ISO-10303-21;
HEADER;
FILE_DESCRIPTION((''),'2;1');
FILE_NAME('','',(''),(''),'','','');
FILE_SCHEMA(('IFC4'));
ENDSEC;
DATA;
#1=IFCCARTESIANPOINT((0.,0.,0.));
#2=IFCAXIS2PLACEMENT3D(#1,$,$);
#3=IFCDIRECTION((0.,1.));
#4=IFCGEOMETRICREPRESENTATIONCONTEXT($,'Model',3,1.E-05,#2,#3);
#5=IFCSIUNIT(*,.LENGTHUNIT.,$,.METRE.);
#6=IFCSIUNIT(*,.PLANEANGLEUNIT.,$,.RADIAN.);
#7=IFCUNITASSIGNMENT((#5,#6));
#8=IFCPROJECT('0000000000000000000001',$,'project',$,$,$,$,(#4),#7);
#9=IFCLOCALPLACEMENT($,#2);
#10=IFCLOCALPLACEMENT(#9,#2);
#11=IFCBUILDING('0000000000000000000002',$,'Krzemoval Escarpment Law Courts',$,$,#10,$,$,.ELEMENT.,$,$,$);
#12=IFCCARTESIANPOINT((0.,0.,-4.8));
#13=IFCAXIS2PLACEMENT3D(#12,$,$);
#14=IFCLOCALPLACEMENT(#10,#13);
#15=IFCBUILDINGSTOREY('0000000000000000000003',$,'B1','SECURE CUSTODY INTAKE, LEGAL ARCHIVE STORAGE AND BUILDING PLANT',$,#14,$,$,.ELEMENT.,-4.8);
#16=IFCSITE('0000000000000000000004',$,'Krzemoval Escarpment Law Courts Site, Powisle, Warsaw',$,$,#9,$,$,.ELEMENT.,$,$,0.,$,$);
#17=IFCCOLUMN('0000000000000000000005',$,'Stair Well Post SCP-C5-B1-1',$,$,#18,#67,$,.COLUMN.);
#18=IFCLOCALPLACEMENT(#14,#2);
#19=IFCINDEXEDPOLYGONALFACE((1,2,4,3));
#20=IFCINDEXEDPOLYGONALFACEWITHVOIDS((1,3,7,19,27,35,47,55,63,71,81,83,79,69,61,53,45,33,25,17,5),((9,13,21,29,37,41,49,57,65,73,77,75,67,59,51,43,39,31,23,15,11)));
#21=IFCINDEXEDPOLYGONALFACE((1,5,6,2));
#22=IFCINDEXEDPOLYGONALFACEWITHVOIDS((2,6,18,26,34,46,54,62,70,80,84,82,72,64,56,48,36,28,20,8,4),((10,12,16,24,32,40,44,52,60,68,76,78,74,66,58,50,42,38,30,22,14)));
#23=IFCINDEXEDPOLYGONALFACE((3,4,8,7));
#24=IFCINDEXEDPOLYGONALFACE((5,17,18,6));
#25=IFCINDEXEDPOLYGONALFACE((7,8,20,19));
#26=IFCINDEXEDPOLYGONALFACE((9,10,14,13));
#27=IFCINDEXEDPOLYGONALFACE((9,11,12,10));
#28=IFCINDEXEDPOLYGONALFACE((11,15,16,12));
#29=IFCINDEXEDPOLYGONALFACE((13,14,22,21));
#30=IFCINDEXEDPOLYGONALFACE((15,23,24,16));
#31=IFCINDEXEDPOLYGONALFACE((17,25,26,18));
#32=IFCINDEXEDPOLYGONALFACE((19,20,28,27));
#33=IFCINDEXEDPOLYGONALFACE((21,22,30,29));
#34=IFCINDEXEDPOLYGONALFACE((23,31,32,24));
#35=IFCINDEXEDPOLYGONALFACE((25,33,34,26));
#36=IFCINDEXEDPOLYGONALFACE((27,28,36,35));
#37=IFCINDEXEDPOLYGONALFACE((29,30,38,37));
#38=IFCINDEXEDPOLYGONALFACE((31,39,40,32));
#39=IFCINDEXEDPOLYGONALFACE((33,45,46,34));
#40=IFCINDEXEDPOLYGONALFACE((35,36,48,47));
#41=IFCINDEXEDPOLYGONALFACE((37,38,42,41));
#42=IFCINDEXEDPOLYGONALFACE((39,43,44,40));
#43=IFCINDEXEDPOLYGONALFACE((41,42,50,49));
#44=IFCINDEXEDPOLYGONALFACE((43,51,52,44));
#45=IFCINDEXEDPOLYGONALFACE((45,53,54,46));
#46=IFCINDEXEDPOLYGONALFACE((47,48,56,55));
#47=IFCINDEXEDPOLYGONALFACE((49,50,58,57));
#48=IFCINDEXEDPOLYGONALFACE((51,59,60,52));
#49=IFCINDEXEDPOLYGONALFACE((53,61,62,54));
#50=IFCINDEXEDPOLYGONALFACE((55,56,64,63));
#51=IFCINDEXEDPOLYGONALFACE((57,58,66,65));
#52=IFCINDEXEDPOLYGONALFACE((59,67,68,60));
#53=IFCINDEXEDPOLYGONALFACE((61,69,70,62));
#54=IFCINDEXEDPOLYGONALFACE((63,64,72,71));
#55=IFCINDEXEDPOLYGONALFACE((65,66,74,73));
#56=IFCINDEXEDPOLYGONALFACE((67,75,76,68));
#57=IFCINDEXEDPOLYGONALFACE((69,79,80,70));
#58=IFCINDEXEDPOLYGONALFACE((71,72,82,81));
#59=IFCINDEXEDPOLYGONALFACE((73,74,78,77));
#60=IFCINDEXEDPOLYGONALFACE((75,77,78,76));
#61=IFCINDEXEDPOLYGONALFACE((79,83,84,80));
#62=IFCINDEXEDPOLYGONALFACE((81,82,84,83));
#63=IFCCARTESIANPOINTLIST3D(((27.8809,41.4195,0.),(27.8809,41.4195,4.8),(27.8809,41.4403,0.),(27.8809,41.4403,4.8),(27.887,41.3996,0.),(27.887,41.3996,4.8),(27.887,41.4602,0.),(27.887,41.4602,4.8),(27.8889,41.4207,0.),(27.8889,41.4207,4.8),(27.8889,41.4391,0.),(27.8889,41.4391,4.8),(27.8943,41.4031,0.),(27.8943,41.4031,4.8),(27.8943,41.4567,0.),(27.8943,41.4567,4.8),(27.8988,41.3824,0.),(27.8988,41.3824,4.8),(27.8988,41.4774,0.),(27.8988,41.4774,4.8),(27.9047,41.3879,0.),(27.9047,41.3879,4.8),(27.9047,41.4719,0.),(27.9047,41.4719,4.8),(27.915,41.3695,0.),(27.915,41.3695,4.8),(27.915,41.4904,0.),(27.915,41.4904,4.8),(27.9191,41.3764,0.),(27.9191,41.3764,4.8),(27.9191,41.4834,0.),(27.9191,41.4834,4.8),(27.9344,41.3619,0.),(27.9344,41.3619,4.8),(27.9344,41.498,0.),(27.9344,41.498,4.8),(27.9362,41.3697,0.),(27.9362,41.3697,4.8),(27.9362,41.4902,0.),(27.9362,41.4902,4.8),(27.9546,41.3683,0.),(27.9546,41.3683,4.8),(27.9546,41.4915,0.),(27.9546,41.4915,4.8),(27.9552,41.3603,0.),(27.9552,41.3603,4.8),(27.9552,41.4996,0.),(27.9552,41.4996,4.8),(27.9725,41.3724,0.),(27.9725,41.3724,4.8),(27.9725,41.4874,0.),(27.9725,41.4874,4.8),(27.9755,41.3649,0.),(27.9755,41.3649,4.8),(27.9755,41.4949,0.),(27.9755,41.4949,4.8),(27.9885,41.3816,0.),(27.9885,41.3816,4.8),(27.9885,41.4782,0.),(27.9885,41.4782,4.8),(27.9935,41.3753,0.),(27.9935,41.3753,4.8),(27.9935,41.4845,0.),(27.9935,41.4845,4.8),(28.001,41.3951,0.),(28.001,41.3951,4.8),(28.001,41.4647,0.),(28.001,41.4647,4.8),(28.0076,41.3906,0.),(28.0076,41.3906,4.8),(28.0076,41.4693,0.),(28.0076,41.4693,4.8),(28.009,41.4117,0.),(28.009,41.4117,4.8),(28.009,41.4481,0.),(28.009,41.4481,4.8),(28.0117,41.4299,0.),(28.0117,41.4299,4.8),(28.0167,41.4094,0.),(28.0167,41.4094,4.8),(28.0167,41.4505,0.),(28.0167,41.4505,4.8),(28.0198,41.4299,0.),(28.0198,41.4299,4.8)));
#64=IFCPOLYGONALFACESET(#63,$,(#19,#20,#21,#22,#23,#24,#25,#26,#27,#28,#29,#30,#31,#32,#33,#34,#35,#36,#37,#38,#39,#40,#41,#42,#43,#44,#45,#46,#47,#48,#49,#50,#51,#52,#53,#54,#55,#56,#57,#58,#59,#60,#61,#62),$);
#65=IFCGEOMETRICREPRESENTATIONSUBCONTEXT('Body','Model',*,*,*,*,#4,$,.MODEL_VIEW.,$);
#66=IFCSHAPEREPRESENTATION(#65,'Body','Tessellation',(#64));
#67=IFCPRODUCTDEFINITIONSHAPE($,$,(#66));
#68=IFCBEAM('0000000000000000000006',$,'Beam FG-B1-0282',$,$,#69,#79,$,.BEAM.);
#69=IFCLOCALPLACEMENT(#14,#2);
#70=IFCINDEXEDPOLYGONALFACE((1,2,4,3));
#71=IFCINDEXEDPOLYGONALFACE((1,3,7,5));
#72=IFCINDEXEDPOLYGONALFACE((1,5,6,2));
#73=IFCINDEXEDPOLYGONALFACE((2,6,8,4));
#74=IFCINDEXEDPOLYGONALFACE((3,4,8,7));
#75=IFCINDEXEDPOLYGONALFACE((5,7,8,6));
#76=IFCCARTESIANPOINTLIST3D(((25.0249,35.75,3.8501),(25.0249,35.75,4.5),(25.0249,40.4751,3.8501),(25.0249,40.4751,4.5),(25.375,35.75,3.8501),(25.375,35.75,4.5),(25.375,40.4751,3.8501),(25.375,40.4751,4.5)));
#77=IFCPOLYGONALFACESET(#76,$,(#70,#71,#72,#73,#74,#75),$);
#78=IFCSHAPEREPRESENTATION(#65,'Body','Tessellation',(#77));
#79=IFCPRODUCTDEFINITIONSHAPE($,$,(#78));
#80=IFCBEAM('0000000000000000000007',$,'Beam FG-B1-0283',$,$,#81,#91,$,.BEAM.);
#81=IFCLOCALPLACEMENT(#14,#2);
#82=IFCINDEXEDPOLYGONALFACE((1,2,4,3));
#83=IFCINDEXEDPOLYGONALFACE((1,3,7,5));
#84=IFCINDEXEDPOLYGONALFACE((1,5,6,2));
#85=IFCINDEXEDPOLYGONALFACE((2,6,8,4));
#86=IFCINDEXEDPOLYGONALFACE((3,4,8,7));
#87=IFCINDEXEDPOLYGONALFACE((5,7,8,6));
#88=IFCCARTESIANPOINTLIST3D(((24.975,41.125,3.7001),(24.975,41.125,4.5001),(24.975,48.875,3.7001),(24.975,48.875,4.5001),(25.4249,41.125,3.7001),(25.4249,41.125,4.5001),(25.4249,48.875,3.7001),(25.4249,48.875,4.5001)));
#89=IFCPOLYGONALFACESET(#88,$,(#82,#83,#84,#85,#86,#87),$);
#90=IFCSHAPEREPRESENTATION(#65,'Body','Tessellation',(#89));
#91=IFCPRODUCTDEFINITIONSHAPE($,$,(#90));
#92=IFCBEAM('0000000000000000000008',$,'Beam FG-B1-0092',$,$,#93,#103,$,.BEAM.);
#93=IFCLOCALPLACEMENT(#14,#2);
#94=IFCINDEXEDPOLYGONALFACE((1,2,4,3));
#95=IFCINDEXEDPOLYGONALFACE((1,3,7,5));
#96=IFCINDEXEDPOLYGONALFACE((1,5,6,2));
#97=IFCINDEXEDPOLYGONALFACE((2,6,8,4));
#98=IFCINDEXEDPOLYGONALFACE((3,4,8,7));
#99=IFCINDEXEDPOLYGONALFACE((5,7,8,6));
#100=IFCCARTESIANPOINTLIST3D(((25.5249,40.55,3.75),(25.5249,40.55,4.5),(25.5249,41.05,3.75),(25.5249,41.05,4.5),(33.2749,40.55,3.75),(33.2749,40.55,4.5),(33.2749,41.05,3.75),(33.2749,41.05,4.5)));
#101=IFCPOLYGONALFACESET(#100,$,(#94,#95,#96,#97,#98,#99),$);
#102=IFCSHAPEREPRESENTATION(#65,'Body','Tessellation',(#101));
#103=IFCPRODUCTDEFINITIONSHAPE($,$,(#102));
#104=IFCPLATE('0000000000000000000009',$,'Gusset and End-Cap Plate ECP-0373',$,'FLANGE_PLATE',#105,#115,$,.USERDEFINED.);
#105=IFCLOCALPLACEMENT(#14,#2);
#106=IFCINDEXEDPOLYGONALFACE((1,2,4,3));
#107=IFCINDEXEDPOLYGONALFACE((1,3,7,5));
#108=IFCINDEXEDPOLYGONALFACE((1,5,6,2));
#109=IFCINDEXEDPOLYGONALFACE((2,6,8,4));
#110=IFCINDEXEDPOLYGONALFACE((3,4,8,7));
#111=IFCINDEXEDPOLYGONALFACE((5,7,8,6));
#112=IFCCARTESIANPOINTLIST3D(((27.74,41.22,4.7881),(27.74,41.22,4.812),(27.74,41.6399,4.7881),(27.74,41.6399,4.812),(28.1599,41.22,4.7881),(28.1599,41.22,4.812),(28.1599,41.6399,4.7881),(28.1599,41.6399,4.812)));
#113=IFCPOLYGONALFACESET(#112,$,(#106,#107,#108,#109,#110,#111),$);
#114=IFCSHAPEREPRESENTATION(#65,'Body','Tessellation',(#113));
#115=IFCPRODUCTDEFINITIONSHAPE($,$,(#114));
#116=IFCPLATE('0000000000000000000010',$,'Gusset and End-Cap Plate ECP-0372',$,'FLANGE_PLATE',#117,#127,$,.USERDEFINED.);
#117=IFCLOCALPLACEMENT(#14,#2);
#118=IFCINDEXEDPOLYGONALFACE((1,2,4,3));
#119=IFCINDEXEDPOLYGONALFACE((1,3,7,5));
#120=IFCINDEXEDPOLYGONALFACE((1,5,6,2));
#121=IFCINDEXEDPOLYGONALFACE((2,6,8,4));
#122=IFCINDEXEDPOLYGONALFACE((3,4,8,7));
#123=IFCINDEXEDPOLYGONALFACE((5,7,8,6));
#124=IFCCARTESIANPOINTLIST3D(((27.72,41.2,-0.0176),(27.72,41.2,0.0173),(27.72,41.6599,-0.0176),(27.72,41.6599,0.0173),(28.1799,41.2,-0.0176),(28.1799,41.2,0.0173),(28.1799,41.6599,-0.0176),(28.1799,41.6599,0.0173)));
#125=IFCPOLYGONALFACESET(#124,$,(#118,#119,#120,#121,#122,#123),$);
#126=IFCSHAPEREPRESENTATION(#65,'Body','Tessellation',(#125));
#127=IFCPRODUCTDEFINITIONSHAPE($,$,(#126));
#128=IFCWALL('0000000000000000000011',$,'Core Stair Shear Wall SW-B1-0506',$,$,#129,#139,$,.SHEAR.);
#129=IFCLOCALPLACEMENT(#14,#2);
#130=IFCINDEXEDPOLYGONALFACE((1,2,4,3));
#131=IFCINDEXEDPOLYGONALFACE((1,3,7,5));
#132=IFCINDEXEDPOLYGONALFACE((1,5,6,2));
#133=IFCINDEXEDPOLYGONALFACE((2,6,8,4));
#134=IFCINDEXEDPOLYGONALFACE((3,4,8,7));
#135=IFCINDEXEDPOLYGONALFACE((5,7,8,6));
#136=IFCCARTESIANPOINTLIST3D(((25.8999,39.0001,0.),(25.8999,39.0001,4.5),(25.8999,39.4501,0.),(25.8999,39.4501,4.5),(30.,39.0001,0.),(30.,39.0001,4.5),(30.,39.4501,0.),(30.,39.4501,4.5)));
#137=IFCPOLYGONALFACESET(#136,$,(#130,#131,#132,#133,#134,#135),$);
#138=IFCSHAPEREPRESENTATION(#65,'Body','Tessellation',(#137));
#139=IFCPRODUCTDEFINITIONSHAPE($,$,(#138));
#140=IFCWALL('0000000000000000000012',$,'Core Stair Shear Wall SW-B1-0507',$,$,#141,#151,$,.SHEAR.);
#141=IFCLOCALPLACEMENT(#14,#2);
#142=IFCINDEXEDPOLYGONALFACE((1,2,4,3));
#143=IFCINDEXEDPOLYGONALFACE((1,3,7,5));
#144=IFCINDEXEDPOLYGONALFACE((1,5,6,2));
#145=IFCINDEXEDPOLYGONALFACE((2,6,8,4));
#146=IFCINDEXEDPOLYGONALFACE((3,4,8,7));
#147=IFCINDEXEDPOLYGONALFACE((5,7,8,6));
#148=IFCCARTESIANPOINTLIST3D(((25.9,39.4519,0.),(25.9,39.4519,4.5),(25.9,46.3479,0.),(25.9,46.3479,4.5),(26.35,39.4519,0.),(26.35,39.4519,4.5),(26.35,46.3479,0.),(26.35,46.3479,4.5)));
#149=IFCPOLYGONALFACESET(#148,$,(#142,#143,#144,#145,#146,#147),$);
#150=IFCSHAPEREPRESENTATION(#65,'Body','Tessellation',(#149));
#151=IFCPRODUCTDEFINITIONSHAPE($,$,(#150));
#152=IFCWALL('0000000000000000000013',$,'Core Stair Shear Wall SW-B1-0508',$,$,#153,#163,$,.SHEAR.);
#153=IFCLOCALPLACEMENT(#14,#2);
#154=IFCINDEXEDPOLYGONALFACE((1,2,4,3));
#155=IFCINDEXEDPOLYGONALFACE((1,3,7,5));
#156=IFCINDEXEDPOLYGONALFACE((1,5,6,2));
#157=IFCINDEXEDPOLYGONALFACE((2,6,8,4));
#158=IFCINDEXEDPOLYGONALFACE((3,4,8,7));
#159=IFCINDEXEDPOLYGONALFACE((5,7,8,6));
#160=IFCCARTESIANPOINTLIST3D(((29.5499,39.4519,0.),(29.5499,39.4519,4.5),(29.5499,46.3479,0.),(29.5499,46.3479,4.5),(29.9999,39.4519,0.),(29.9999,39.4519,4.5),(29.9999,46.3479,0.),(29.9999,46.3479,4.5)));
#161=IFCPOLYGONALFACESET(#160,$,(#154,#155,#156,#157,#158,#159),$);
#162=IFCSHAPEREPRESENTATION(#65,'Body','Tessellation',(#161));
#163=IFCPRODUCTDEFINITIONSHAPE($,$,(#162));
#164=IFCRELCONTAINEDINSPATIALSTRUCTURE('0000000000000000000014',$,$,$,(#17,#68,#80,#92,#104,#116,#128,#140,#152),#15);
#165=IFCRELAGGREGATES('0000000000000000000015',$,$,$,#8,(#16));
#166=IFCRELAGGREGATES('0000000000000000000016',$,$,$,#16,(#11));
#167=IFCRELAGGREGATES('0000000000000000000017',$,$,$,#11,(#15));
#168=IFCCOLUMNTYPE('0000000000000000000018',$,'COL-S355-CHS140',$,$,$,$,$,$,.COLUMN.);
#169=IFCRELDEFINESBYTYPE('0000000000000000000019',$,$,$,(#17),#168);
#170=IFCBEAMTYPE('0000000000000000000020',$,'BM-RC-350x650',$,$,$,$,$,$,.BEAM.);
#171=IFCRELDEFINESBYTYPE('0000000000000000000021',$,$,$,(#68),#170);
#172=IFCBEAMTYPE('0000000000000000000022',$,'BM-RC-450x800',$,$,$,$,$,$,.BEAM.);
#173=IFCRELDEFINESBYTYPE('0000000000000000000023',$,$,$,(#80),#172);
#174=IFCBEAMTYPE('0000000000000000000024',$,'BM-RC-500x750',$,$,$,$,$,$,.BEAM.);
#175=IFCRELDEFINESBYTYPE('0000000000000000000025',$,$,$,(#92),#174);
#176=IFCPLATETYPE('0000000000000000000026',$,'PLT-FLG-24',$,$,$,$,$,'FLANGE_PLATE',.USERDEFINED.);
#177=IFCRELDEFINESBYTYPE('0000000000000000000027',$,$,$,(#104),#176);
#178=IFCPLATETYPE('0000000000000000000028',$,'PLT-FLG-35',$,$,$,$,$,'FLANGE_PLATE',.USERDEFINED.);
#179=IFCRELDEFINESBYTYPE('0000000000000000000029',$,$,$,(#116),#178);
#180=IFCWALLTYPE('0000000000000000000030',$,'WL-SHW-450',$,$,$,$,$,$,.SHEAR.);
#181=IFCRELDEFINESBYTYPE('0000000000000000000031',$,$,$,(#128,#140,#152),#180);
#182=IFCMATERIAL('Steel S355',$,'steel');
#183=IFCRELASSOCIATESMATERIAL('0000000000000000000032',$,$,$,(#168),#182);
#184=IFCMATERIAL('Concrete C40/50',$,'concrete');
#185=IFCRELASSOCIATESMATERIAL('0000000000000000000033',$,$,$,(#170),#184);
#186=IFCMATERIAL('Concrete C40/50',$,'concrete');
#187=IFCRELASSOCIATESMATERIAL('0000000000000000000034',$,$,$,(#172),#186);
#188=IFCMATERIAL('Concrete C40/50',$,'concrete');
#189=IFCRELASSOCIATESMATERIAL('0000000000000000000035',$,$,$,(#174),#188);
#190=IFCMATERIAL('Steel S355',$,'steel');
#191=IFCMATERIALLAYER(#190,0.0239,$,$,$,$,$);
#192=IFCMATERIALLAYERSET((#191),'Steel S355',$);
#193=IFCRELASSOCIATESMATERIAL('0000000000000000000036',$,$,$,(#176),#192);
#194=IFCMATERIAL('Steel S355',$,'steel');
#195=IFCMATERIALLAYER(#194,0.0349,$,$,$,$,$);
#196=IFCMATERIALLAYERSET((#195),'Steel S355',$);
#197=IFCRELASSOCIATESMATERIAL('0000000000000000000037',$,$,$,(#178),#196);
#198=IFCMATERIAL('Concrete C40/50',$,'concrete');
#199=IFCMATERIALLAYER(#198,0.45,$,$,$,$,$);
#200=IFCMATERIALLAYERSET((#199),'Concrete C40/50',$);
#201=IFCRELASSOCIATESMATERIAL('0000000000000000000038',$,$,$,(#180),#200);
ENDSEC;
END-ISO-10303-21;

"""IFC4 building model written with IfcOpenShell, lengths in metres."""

from ifc_helpers import new_model, si_unit, direction, frame, frame_2d, origin, origin_2d, place, context, subcontext, project, spatial, rectangle, hollow_circle, extrude, material, layer, layer_set, material_profile, profile_set, type_object, element, save


model = new_model("IFC4")

# Units and contexts
model_context = context("Model", 3, precision=1e-05, world=origin(), true_north=direction((0.0, 1.0)))
body_context = subcontext(model_context, "Body", "Model", "MODEL_VIEW")
ifc_project = project(units=[si_unit("LENGTHUNIT", "METRE"), si_unit("PLANEANGLEUNIT", "RADIAN")], contexts=[model_context])

# Site, building, storey
site_placement = place(None, origin())
site = spatial("IfcSite", under=ifc_project, at=site_placement, Name="Krzemoval Escarpment Law Courts Site, Powisle, Warsaw", CompositionType="ELEMENT", RefElevation=0.0)
building_placement = place(site_placement, origin())
building = spatial("IfcBuilding", under=site, at=building_placement, Name="Krzemoval Escarpment Law Courts", CompositionType="ELEMENT")
storey_placement = place(building_placement, frame((0.0, 0.0, -4.8)))
storey = spatial("IfcBuildingStorey", under=building, at=storey_placement, Name="B1", Description="SECURE CUSTODY INTAKE, LEGAL ARCHIVE STORAGE AND BUILDING PLANT", CompositionType="ELEMENT", Elevation=-4.8)

# Column
ifc_material_1 = material(Name="Steel S355", Category="steel")
ifc_material_profile_1 = material_profile(ifc_material_1, hollow_circle(Radius=0.0698, WallThickness=0.0081, at=origin_2d()), Name="CHS 139.7x8")
ifc_profile_set_1 = profile_set([ifc_material_profile_1], Name="Steel S355")
column_type_1 = type_object("IfcColumnType", Name="COL-S355-CHS140", PredefinedType="COLUMN", material=ifc_profile_set_1)
column_1_placement = place(storey_placement, frame((27.95, 41.4299, 0.0), z_axis=(0.0, 0.0, 1.0), x_axis=(1.0, 0.0, 0.0)))
element("IfcColumn", 1, at=column_1_placement, inside=storey, type_object=column_type_1, Name="Stair Well Post SCP-C5-B1-1", PredefinedType="COLUMN", context=body_context, shape_type="SweptSolid", body=[
    extrude(hollow_circle(Radius=0.0698, WallThickness=0.0081, at=origin_2d()), origin(), (0.0, 0.0, 1.0), 4.8),
])

# Beams
ifc_material_2 = material(Name="Concrete C40/50", Category="concrete")
ifc_material_profile_2 = material_profile(ifc_material_2, rectangle(XDim=0.3501, YDim=0.6499, at=origin_2d()), Name="RCB 350x650")
ifc_profile_set_2 = profile_set([ifc_material_profile_2], Name="Concrete C40/50")
beam_type_1 = type_object("IfcBeamType", Name="BM-RC-350x650", PredefinedType="BEAM", material=ifc_profile_set_2)
beam_1_placement = place(storey_placement, frame((25.2, 35.75, 4.175), z_axis=(0.0, 1.0, 0.0), x_axis=(-1.0, 0.0, 0.0)))
element("IfcBeam", 2, at=beam_1_placement, inside=storey, type_object=beam_type_1, Name="Beam FG-B1-0282", PredefinedType="BEAM", context=body_context, shape_type="SweptSolid", body=[
    extrude(rectangle(XDim=0.3501, YDim=0.6499, at=origin_2d()), origin(), (0.0, 0.0, 1.0), 4.7251),
])
ifc_material_3 = material(Name="Concrete C40/50", Category="concrete")
ifc_material_profile_3 = material_profile(ifc_material_3, rectangle(XDim=0.45, YDim=0.8, at=origin_2d()), Name="RCB 450x800")
ifc_profile_set_3 = profile_set([ifc_material_profile_3], Name="Concrete C40/50")
beam_type_2 = type_object("IfcBeamType", Name="BM-RC-450x800", PredefinedType="BEAM", material=ifc_profile_set_3)
beam_2_placement = place(storey_placement, frame((25.2, 41.125, 4.1001), z_axis=(0.0, 1.0, 0.0), x_axis=(-1.0, 0.0, 0.0)))
element("IfcBeam", 3, at=beam_2_placement, inside=storey, type_object=beam_type_2, Name="Beam FG-B1-0283", PredefinedType="BEAM", context=body_context, shape_type="SweptSolid", body=[
    extrude(rectangle(XDim=0.45, YDim=0.8, at=origin_2d()), origin(), (0.0, 0.0, 1.0), 7.75),
])
ifc_material_4 = material(Name="Concrete C40/50", Category="concrete")
ifc_material_profile_4 = material_profile(ifc_material_4, rectangle(XDim=0.5, YDim=0.75, at=origin_2d()), Name="RCB 500x750")
ifc_profile_set_4 = profile_set([ifc_material_profile_4], Name="Concrete C40/50")
beam_type_3 = type_object("IfcBeamType", Name="BM-RC-500x750", PredefinedType="BEAM", material=ifc_profile_set_4)
beam_3_placement = place(storey_placement, frame((25.5249, 40.8, 4.125), z_axis=(1.0, 0.0, 0.0), x_axis=(0.0, 1.0, 0.0)))
element("IfcBeam", 4, at=beam_3_placement, inside=storey, type_object=beam_type_3, Name="Beam FG-B1-0092", PredefinedType="BEAM", context=body_context, shape_type="SweptSolid", body=[
    extrude(rectangle(XDim=0.5, YDim=0.75, at=origin_2d()), origin(), (0.0, 0.0, 1.0), 7.75),
])

# Plates
ifc_material_5 = material(Name="Steel S355", Category="steel")
ifc_layer_1 = layer(ifc_material_5, 0.0239)
ifc_layer_set_1 = layer_set([ifc_layer_1], Name="Steel S355")
plate_type_1 = type_object("IfcPlateType", Name="PLT-FLG-24", ElementType="FLANGE_PLATE", PredefinedType="USERDEFINED", material=ifc_layer_set_1)
plate_1_placement = place(storey_placement, frame((27.95, 41.4299, 4.7881), z_axis=(0.0, 0.0, 1.0), x_axis=(1.0, 0.0, 0.0)))
element("IfcPlate", 5, at=plate_1_placement, inside=storey, type_object=plate_type_1, Name="Gusset and End-Cap Plate ECP-0373", ObjectType="FLANGE_PLATE", PredefinedType="USERDEFINED", context=body_context, shape_type="SweptSolid", body=[
    extrude(rectangle(XDim=0.4199, YDim=0.4199, at=origin_2d()), origin(), (0.0, 0.0, 1.0), 0.0239),
])
ifc_material_6 = material(Name="Steel S355", Category="steel")
ifc_layer_2 = layer(ifc_material_6, 0.0349)
ifc_layer_set_2 = layer_set([ifc_layer_2], Name="Steel S355")
plate_type_2 = type_object("IfcPlateType", Name="PLT-FLG-35", ElementType="FLANGE_PLATE", PredefinedType="USERDEFINED", material=ifc_layer_set_2)
plate_2_placement = place(storey_placement, frame((27.95, 41.4299, -0.0176), z_axis=(0.0, 0.0, 1.0), x_axis=(1.0, 0.0, 0.0)))
element("IfcPlate", 6, at=plate_2_placement, inside=storey, type_object=plate_type_2, Name="Gusset and End-Cap Plate ECP-0372", ObjectType="FLANGE_PLATE", PredefinedType="USERDEFINED", context=body_context, shape_type="SweptSolid", body=[
    extrude(rectangle(XDim=0.46, YDim=0.46, at=origin_2d()), origin(), (0.0, 0.0, 1.0), 0.0349),
])

# Walls
ifc_material_7 = material(Name="Concrete C40/50", Category="concrete")
ifc_layer_3 = layer(ifc_material_7, 0.45)
ifc_layer_set_3 = layer_set([ifc_layer_3], Name="Concrete C40/50")
wall_type = type_object("IfcWallType", Name="WL-SHW-450", PredefinedType="SHEAR", material=ifc_layer_set_3)
wall_placement = place(storey_placement, frame((25.8999, 39.2251, 0.0), z_axis=(0.0, 0.0, 1.0), x_axis=(1.0, 0.0, 0.0)))
element("IfcWall", 7, at=wall_placement, inside=storey, type_object=wall_type, Name="Core Stair Shear Wall SW-B1-0506", PredefinedType="SHEAR", context=body_context, shape_type="SweptSolid", body=[
    extrude(rectangle(XDim=4.1001, YDim=0.45, at=frame_2d((2.05, 0.0))), origin(), (0.0, 0.0, 1.0), 4.5),
])
for number, where, z_axis, x_axis, name in (
    (8, (26.125, 39.4519, 0.0), (0.0, 0.0, 1.0), (0.0, 1.0, 0.0), "Core Stair Shear Wall SW-B1-0507"),
    (9, (29.7749, 39.4519, 0.0), (0.0, 0.0, 1.0), (0.0, 1.0, 0.0), "Core Stair Shear Wall SW-B1-0508"),
):
    element("IfcWall", number, at=place(storey_placement, frame(where, z_axis=z_axis, x_axis=x_axis)), inside=storey, type_object=wall_type, Name=name, PredefinedType="SHEAR", context=body_context, shape_type="SweptSolid", body=[
        extrude(rectangle(XDim=6.896, YDim=0.45, at=frame_2d((3.448, 0.0))), origin(), (0.0, 0.0, 1.0), 4.5),
    ])

save(model, "model.ifc")
